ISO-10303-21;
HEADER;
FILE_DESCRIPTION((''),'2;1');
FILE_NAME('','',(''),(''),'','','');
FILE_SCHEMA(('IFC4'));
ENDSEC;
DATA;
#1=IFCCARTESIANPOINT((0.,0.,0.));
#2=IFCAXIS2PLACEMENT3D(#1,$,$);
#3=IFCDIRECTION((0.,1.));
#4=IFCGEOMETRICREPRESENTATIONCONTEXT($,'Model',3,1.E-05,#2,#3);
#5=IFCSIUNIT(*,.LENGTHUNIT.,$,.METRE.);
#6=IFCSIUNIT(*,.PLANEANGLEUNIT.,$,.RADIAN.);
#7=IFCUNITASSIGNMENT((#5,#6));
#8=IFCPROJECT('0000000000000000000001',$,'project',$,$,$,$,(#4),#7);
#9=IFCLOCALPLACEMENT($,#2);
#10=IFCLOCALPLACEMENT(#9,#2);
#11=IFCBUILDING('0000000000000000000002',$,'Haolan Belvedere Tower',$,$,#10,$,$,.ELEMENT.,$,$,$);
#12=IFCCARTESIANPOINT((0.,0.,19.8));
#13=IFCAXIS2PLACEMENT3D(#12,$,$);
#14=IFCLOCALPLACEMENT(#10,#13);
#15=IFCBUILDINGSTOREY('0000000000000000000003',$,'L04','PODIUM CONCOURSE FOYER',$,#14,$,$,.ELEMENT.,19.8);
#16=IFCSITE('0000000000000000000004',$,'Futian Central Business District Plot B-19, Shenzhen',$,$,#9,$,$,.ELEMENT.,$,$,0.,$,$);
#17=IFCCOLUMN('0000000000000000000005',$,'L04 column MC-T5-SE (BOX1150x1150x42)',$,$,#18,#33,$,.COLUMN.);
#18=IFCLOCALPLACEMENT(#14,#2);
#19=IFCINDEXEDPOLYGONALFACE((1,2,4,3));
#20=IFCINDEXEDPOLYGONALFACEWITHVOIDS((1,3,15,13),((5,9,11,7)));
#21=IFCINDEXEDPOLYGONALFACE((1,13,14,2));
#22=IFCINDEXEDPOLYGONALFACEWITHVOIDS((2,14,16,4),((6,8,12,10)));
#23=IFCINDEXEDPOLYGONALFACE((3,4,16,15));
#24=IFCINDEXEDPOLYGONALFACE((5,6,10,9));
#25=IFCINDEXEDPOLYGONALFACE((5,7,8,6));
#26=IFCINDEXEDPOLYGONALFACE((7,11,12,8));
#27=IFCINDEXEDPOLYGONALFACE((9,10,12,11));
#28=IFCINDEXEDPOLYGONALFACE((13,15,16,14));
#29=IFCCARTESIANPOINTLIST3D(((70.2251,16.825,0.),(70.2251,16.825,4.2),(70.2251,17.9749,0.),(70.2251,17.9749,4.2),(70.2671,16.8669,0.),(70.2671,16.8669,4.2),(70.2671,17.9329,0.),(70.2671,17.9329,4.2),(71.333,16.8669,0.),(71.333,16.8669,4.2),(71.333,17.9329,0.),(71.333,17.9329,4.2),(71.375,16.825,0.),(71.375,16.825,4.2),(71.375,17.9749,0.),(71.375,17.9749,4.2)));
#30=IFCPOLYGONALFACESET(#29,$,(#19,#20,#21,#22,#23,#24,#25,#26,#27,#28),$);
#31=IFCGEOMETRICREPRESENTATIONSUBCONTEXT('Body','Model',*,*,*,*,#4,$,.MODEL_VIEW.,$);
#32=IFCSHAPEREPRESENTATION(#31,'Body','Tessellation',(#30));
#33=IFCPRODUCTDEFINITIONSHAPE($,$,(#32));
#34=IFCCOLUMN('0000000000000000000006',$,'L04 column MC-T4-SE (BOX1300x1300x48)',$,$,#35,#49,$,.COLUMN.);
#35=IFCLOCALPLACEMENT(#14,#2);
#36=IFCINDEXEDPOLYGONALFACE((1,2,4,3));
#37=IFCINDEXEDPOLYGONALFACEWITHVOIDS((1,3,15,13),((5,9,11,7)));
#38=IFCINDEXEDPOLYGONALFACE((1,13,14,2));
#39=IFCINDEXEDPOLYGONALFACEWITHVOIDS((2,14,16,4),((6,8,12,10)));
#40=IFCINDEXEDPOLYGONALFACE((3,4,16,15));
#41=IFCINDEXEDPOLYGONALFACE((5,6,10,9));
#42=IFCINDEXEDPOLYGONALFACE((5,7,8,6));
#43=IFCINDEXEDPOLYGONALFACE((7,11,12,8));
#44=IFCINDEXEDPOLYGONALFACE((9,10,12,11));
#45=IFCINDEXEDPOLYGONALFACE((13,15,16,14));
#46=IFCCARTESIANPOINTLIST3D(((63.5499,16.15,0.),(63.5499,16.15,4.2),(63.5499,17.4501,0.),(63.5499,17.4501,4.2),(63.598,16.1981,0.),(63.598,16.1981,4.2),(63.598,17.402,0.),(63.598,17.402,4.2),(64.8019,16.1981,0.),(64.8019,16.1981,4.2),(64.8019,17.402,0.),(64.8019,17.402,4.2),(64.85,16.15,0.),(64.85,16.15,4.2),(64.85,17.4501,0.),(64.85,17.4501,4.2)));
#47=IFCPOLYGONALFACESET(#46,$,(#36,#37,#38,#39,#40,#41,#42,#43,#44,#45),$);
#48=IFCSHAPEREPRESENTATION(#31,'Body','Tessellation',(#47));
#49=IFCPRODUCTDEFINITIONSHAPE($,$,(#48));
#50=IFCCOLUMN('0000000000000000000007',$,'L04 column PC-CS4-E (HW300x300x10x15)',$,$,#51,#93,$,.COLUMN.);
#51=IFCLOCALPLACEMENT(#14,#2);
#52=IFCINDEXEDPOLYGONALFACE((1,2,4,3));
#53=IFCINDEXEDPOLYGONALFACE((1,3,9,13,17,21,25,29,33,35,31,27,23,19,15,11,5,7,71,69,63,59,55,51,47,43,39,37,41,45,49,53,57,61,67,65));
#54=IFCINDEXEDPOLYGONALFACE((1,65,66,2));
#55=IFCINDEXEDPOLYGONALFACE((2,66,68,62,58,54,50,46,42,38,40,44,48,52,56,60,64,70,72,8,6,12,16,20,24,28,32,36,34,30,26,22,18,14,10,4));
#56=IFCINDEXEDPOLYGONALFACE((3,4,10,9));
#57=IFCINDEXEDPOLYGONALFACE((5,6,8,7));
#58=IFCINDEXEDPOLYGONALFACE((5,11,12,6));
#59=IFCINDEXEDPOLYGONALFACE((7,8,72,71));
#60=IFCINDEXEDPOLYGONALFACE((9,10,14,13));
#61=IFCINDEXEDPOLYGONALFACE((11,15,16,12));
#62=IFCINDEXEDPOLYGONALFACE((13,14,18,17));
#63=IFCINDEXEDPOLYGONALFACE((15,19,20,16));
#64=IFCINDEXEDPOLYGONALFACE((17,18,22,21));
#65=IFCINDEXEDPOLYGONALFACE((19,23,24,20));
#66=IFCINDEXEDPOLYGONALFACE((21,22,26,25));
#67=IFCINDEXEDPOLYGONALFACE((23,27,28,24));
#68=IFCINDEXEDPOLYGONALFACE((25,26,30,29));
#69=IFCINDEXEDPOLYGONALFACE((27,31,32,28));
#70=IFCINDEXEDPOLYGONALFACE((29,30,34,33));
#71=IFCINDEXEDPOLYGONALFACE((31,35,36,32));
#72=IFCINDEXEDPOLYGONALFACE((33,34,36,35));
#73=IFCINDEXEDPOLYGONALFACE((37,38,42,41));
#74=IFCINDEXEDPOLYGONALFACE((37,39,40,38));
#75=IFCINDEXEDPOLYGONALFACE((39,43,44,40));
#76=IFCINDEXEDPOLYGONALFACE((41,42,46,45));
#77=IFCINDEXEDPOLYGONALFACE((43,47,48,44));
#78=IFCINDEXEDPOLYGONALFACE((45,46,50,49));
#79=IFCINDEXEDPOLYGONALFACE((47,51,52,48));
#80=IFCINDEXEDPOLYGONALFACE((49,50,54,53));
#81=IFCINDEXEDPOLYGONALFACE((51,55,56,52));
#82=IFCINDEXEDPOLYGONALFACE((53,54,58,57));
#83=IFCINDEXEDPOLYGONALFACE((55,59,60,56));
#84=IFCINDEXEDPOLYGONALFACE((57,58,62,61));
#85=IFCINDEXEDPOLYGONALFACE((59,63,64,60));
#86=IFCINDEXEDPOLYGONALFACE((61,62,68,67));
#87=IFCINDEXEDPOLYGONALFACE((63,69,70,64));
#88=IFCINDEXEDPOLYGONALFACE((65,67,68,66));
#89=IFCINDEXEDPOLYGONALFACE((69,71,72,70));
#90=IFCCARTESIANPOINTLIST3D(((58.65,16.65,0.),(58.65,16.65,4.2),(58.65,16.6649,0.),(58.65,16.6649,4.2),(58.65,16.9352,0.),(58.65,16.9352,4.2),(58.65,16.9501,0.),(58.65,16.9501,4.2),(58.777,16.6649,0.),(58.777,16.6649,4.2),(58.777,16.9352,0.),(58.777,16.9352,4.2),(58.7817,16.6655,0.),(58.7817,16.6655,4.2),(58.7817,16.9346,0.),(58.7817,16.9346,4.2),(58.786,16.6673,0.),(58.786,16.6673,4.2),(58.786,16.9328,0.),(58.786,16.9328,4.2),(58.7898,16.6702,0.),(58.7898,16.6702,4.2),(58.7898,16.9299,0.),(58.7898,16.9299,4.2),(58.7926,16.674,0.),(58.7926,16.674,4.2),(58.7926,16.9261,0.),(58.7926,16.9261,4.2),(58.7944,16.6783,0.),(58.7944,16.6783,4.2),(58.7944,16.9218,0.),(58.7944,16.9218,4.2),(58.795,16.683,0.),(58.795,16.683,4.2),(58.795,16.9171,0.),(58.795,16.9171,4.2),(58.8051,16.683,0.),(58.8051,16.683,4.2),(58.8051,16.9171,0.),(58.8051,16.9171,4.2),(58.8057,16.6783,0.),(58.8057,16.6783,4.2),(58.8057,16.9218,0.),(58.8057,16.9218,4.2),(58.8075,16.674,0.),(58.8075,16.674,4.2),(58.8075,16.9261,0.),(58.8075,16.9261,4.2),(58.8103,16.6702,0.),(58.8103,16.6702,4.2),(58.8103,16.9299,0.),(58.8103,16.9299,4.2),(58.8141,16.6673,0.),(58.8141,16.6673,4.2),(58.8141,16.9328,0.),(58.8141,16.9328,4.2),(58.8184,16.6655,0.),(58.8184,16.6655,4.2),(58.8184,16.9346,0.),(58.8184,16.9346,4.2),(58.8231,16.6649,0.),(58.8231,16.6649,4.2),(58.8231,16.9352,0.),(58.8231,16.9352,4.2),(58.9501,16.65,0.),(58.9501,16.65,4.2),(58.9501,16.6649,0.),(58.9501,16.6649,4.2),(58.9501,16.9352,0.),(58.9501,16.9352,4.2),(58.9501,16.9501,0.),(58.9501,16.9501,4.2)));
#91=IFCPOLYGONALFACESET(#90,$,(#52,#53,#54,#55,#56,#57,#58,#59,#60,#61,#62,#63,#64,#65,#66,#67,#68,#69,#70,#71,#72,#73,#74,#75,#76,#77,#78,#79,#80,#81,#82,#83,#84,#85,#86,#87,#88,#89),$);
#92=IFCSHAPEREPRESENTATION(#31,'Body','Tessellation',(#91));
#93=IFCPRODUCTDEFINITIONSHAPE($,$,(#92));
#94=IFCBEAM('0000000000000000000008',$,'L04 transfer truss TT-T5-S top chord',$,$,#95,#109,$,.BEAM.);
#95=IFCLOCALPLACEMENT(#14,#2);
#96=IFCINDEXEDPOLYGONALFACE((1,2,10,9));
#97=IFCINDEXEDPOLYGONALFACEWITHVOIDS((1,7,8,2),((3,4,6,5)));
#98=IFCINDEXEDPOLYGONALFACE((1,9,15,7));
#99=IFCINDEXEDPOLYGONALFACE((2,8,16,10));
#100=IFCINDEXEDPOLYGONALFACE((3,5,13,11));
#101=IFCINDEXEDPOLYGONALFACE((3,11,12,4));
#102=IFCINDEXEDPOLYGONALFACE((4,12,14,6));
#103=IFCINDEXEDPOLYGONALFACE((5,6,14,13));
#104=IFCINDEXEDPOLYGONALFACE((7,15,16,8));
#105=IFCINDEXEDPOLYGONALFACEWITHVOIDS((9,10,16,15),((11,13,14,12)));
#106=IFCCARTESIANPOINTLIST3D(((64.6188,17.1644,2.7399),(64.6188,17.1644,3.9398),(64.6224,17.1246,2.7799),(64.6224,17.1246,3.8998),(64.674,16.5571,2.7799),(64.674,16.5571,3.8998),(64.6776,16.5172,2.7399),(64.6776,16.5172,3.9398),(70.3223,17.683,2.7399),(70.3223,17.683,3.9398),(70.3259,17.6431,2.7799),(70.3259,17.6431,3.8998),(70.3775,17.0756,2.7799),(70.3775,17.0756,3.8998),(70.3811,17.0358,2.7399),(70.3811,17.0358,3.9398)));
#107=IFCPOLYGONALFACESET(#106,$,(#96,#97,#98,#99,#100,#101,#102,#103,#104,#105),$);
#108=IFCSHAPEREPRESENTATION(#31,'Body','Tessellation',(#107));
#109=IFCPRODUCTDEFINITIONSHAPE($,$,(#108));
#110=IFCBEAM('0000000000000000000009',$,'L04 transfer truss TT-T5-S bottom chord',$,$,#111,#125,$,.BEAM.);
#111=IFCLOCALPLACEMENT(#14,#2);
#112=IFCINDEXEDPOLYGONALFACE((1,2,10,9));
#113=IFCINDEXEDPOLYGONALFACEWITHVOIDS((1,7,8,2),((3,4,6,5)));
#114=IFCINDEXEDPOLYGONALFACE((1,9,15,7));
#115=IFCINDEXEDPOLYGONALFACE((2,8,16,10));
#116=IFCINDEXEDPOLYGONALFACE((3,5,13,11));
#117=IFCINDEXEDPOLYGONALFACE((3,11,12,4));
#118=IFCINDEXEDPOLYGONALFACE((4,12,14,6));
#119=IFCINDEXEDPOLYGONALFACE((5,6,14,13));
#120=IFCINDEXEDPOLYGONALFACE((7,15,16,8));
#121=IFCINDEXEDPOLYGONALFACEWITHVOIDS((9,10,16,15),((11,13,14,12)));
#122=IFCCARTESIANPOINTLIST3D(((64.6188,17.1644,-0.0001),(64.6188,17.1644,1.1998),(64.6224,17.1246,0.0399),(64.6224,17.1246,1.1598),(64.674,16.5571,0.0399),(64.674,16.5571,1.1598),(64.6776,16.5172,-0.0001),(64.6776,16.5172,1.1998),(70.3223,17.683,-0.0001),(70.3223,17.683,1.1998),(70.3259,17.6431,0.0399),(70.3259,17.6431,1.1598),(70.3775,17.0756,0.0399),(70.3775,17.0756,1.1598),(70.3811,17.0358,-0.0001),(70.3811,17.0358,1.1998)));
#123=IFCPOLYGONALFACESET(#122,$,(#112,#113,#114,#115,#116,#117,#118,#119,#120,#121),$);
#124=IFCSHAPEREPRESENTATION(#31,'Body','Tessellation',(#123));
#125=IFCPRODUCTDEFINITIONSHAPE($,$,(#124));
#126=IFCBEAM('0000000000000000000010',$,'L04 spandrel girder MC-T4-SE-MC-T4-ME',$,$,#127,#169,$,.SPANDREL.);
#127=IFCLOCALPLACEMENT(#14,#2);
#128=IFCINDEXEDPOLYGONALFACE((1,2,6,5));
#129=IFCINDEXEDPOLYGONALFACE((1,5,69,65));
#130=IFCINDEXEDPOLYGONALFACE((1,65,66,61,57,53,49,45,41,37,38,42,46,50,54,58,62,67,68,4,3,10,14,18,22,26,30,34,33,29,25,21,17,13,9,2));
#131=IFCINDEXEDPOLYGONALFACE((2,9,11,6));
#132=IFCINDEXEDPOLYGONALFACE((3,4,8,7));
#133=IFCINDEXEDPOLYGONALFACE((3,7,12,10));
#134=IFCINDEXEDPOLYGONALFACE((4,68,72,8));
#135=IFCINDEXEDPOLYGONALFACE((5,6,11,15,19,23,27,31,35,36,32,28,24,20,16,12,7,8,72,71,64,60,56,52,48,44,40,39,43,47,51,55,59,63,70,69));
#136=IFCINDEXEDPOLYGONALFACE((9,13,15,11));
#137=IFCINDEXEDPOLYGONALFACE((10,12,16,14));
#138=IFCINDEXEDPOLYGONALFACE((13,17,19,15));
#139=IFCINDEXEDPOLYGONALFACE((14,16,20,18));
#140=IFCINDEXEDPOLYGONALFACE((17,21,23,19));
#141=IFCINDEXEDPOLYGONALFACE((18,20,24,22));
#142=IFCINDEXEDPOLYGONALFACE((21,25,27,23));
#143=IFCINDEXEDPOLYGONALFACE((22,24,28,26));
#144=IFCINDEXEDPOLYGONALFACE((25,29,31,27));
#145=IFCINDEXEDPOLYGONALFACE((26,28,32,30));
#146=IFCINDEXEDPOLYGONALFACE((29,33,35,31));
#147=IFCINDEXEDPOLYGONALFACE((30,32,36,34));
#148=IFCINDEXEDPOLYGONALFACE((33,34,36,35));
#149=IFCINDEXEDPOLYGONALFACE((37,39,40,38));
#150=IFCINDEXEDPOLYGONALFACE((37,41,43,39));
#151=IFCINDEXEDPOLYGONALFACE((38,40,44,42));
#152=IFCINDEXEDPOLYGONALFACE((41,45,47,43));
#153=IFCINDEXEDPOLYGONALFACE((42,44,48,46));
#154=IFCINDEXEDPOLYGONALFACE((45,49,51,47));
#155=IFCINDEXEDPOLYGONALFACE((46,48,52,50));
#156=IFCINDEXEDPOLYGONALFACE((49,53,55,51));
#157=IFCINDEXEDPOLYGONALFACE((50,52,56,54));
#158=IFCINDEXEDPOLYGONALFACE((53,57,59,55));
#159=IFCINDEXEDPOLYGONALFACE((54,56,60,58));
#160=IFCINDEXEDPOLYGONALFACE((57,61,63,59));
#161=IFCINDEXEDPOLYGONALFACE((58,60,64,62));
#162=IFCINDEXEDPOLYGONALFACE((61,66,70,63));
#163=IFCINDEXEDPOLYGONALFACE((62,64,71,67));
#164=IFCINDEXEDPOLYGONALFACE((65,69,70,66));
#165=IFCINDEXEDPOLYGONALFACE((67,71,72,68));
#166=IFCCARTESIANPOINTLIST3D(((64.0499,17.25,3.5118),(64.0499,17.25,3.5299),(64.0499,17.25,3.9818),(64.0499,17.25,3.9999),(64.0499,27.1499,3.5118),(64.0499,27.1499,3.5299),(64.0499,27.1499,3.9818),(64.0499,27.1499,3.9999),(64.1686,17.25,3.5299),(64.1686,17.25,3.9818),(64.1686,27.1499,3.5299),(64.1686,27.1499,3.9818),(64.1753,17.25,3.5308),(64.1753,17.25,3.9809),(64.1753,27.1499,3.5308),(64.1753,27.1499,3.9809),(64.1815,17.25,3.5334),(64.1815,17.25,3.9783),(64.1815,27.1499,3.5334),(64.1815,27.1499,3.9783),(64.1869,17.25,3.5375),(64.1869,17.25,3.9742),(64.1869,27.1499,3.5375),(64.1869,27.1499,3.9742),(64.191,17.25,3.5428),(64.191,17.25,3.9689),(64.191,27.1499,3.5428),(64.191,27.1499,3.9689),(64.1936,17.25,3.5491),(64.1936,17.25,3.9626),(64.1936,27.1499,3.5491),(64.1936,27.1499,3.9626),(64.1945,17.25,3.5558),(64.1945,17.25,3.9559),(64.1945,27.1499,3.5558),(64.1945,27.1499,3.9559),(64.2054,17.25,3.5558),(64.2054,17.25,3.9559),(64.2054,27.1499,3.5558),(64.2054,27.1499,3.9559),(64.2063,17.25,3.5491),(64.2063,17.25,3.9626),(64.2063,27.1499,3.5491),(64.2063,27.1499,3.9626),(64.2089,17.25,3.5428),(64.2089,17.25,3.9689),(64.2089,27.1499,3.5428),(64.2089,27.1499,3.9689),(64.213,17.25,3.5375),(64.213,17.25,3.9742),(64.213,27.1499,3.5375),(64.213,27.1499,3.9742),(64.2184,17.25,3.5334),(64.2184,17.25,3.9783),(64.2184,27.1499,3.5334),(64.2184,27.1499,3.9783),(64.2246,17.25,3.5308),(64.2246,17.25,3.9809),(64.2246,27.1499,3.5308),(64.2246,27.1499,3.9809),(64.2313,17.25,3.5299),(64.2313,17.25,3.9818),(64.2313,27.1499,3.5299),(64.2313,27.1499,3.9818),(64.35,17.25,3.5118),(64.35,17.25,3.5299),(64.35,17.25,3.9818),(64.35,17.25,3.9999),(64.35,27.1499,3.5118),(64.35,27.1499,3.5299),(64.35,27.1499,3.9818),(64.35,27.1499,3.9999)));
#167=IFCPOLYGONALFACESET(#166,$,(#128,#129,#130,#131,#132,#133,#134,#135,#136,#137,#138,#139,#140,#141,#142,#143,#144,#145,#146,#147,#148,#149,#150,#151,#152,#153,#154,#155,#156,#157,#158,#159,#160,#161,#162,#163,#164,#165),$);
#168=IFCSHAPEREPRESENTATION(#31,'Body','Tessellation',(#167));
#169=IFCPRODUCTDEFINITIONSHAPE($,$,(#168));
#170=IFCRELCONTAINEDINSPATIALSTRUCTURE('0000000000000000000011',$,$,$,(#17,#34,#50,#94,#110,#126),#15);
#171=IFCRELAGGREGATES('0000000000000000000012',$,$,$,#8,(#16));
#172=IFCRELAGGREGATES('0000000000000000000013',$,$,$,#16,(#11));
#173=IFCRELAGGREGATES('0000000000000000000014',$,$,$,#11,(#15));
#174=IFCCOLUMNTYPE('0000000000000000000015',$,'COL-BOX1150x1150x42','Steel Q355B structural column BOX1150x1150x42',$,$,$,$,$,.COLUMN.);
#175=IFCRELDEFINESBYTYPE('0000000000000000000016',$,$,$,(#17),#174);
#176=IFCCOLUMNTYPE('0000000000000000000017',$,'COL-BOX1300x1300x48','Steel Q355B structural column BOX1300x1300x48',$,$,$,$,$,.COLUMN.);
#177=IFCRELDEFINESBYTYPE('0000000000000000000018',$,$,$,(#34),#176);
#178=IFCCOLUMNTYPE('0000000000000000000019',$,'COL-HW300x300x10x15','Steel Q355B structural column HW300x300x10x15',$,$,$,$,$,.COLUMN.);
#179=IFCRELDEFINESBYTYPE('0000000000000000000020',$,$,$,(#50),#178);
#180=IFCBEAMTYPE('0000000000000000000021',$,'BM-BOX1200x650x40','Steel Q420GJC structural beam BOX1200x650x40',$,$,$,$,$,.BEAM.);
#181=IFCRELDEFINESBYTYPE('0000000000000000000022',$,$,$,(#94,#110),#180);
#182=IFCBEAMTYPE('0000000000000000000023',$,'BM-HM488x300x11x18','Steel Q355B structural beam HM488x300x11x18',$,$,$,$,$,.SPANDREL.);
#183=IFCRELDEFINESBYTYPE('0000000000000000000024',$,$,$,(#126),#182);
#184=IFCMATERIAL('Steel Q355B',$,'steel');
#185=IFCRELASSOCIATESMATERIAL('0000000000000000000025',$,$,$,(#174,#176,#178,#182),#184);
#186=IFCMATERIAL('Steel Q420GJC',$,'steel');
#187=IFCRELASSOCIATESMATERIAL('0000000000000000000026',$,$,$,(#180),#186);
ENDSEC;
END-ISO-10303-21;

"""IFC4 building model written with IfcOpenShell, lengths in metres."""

from ifc_helpers import new_model, si_unit, direction, frame, origin, origin_2d, place, context, subcontext, project, spatial, hollow_rectangle, i_section, extrude, material, material_profile, profile_set, type_object, element, save


model = new_model("IFC4")

# Units and contexts
model_context = context("Model", 3, precision=1e-05, world=origin(), true_north=direction((0.0, 1.0)))
body_context = subcontext(model_context, "Body", "Model", "MODEL_VIEW")
ifc_project = project(units=[si_unit("LENGTHUNIT", "METRE"), si_unit("PLANEANGLEUNIT", "RADIAN")], contexts=[model_context])

# Site, building, storey
site_placement = place(None, origin())
site = spatial("IfcSite", under=ifc_project, at=site_placement, Name="Futian Central Business District Plot B-19, Shenzhen", CompositionType="ELEMENT", RefElevation=0.0)
building_placement = place(site_placement, origin())
building = spatial("IfcBuilding", under=site, at=building_placement, Name="Haolan Belvedere Tower", CompositionType="ELEMENT")
storey_placement = place(building_placement, frame((0.0, 0.0, 19.8)))
storey = spatial("IfcBuildingStorey", under=building, at=storey_placement, Name="L04", Description="PODIUM CONCOURSE FOYER", CompositionType="ELEMENT", Elevation=19.8)

# Columns
ifc_material_1 = material(Name="Steel Q355B", Category="steel")
ifc_material_profile_1 = material_profile(ifc_material_1, hollow_rectangle(XDim=1.1499, YDim=1.1499, WallThickness=0.042, at=origin_2d()), Name="Steel Q355B")
ifc_profile_set_1 = profile_set([ifc_material_profile_1], Name="Steel Q355B")
column_type_1 = type_object("IfcColumnType", Name="COL-BOX1150x1150x42", Description="Steel Q355B structural column BOX1150x1150x42", PredefinedType="COLUMN", material=ifc_profile_set_1)
column_1_placement = place(storey_placement, frame((70.8, 17.3999, 0.0), z_axis=(0.0, 0.0, 1.0), x_axis=(1.0, 0.0, 0.0)))
element("IfcColumn", 1, at=column_1_placement, inside=storey, type_object=column_type_1, Name="L04 column MC-T5-SE (BOX1150x1150x42)", PredefinedType="COLUMN", context=body_context, shape_type="SweptSolid", body=[
    extrude(hollow_rectangle(XDim=1.1499, YDim=1.1499, WallThickness=0.042, at=origin_2d()), origin(), (0.0, 0.0, 1.0), 4.2),
])
ifc_material_profile_2 = material_profile(ifc_material_1, hollow_rectangle(XDim=1.3, YDim=1.3, WallThickness=0.0481, at=origin_2d()), Name="Steel Q355B")
ifc_profile_set_2 = profile_set([ifc_material_profile_2], Name="Steel Q355B")
column_type_2 = type_object("IfcColumnType", Name="COL-BOX1300x1300x48", Description="Steel Q355B structural column BOX1300x1300x48", PredefinedType="COLUMN", material=ifc_profile_set_2)
column_2_placement = place(storey_placement, frame((64.2, 16.8, 0.0), z_axis=(0.0, 0.0, 1.0), x_axis=(1.0, 0.0, 0.0)))
element("IfcColumn", 2, at=column_2_placement, inside=storey, type_object=column_type_2, Name="L04 column MC-T4-SE (BOX1300x1300x48)", PredefinedType="COLUMN", context=body_context, shape_type="SweptSolid", body=[
    extrude(hollow_rectangle(XDim=1.3, YDim=1.3, WallThickness=0.0481, at=origin_2d()), origin(), (0.0, 0.0, 1.0), 4.2),
])
ifc_material_profile_3 = material_profile(ifc_material_1, i_section(OverallWidth=0.3, OverallDepth=0.3, WebThickness=0.01, FlangeThickness=0.0149, FilletRadius=0.0181, at=origin_2d()), Name="Steel Q355B")
ifc_profile_set_3 = profile_set([ifc_material_profile_3], Name="Steel Q355B")
column_type_3 = type_object("IfcColumnType", Name="COL-HW300x300x10x15", Description="Steel Q355B structural column HW300x300x10x15", PredefinedType="COLUMN", material=ifc_profile_set_3)
column_3_placement = place(storey_placement, frame((58.8, 16.8, 0.0), z_axis=(0.0, 0.0, 1.0), x_axis=(1.0, 0.0, 0.0)))
element("IfcColumn", 3, at=column_3_placement, inside=storey, type_object=column_type_3, Name="L04 column PC-CS4-E (HW300x300x10x15)", PredefinedType="COLUMN", context=body_context, shape_type="SweptSolid", body=[
    extrude(i_section(OverallWidth=0.3, OverallDepth=0.3, WebThickness=0.01, FlangeThickness=0.0149, FilletRadius=0.0181, at=origin_2d()), origin(), (0.0, 0.0, 1.0), 4.2),
])

# Beams
ifc_material_2 = material(Name="Steel Q420GJC", Category="steel")
ifc_material_profile_4 = material_profile(ifc_material_2, hollow_rectangle(XDim=0.6499, YDim=1.2, WallThickness=0.04, at=origin_2d()), Name="Steel Q420GJC")
ifc_profile_set_4 = profile_set([ifc_material_profile_4], Name="Steel Q420GJC")
beam_type_1 = type_object("IfcBeamType", Name="BM-BOX1200x650x40", Description="Steel Q420GJC structural beam BOX1200x650x40", PredefinedType="BEAM", material=ifc_profile_set_4)
for number, where, z_axis, x_axis, name in (
    (4, (64.6482, 16.8408, 3.3398), (0.995893, 0.090543, 0.0), (-0.090543, 0.995893, 0.0), "L04 transfer truss TT-T5-S top chord"),
    (5, (64.6482, 16.8408, 0.5999), (0.995893, 0.090543, 0.0), (-0.090543, 0.995893, 0.0), "L04 transfer truss TT-T5-S bottom chord"),
):
    element("IfcBeam", number, at=place(storey_placement, frame(where, z_axis=z_axis, x_axis=x_axis)), inside=storey, type_object=beam_type_1, Name=name, PredefinedType="BEAM", context=body_context, shape_type="SweptSolid", body=[
        extrude(hollow_rectangle(XDim=0.6499, YDim=1.2, WallThickness=0.04, at=origin_2d()), origin(), (0.0, 0.0, 1.0), 5.7271),
    ])
ifc_material_profile_5 = material_profile(ifc_material_1, i_section(OverallWidth=0.3, OverallDepth=0.488, WebThickness=0.011, FlangeThickness=0.0181, FilletRadius=0.0259, at=origin_2d()), Name="Steel Q355B")
ifc_profile_set_5 = profile_set([ifc_material_profile_5], Name="Steel Q355B")
beam_type_2 = type_object("IfcBeamType", Name="BM-HM488x300x11x18", Description="Steel Q355B structural beam HM488x300x11x18", PredefinedType="SPANDREL", material=ifc_profile_set_5)
beam_1_placement = place(storey_placement, frame((64.2, 17.25, 3.7559), z_axis=(0.0, 1.0, 0.0), x_axis=(-1.0, 0.0, 0.0)))
element("IfcBeam", 6, at=beam_1_placement, inside=storey, type_object=beam_type_2, Name="L04 spandrel girder MC-T4-SE-MC-T4-ME", PredefinedType="SPANDREL", context=body_context, shape_type="SweptSolid", body=[
    extrude(i_section(OverallWidth=0.3, OverallDepth=0.488, WebThickness=0.011, FlangeThickness=0.0181, FilletRadius=0.0259, at=origin_2d()), origin(), (0.0, 0.0, 1.0), 9.8999),
])

save(model, "model.ifc")
